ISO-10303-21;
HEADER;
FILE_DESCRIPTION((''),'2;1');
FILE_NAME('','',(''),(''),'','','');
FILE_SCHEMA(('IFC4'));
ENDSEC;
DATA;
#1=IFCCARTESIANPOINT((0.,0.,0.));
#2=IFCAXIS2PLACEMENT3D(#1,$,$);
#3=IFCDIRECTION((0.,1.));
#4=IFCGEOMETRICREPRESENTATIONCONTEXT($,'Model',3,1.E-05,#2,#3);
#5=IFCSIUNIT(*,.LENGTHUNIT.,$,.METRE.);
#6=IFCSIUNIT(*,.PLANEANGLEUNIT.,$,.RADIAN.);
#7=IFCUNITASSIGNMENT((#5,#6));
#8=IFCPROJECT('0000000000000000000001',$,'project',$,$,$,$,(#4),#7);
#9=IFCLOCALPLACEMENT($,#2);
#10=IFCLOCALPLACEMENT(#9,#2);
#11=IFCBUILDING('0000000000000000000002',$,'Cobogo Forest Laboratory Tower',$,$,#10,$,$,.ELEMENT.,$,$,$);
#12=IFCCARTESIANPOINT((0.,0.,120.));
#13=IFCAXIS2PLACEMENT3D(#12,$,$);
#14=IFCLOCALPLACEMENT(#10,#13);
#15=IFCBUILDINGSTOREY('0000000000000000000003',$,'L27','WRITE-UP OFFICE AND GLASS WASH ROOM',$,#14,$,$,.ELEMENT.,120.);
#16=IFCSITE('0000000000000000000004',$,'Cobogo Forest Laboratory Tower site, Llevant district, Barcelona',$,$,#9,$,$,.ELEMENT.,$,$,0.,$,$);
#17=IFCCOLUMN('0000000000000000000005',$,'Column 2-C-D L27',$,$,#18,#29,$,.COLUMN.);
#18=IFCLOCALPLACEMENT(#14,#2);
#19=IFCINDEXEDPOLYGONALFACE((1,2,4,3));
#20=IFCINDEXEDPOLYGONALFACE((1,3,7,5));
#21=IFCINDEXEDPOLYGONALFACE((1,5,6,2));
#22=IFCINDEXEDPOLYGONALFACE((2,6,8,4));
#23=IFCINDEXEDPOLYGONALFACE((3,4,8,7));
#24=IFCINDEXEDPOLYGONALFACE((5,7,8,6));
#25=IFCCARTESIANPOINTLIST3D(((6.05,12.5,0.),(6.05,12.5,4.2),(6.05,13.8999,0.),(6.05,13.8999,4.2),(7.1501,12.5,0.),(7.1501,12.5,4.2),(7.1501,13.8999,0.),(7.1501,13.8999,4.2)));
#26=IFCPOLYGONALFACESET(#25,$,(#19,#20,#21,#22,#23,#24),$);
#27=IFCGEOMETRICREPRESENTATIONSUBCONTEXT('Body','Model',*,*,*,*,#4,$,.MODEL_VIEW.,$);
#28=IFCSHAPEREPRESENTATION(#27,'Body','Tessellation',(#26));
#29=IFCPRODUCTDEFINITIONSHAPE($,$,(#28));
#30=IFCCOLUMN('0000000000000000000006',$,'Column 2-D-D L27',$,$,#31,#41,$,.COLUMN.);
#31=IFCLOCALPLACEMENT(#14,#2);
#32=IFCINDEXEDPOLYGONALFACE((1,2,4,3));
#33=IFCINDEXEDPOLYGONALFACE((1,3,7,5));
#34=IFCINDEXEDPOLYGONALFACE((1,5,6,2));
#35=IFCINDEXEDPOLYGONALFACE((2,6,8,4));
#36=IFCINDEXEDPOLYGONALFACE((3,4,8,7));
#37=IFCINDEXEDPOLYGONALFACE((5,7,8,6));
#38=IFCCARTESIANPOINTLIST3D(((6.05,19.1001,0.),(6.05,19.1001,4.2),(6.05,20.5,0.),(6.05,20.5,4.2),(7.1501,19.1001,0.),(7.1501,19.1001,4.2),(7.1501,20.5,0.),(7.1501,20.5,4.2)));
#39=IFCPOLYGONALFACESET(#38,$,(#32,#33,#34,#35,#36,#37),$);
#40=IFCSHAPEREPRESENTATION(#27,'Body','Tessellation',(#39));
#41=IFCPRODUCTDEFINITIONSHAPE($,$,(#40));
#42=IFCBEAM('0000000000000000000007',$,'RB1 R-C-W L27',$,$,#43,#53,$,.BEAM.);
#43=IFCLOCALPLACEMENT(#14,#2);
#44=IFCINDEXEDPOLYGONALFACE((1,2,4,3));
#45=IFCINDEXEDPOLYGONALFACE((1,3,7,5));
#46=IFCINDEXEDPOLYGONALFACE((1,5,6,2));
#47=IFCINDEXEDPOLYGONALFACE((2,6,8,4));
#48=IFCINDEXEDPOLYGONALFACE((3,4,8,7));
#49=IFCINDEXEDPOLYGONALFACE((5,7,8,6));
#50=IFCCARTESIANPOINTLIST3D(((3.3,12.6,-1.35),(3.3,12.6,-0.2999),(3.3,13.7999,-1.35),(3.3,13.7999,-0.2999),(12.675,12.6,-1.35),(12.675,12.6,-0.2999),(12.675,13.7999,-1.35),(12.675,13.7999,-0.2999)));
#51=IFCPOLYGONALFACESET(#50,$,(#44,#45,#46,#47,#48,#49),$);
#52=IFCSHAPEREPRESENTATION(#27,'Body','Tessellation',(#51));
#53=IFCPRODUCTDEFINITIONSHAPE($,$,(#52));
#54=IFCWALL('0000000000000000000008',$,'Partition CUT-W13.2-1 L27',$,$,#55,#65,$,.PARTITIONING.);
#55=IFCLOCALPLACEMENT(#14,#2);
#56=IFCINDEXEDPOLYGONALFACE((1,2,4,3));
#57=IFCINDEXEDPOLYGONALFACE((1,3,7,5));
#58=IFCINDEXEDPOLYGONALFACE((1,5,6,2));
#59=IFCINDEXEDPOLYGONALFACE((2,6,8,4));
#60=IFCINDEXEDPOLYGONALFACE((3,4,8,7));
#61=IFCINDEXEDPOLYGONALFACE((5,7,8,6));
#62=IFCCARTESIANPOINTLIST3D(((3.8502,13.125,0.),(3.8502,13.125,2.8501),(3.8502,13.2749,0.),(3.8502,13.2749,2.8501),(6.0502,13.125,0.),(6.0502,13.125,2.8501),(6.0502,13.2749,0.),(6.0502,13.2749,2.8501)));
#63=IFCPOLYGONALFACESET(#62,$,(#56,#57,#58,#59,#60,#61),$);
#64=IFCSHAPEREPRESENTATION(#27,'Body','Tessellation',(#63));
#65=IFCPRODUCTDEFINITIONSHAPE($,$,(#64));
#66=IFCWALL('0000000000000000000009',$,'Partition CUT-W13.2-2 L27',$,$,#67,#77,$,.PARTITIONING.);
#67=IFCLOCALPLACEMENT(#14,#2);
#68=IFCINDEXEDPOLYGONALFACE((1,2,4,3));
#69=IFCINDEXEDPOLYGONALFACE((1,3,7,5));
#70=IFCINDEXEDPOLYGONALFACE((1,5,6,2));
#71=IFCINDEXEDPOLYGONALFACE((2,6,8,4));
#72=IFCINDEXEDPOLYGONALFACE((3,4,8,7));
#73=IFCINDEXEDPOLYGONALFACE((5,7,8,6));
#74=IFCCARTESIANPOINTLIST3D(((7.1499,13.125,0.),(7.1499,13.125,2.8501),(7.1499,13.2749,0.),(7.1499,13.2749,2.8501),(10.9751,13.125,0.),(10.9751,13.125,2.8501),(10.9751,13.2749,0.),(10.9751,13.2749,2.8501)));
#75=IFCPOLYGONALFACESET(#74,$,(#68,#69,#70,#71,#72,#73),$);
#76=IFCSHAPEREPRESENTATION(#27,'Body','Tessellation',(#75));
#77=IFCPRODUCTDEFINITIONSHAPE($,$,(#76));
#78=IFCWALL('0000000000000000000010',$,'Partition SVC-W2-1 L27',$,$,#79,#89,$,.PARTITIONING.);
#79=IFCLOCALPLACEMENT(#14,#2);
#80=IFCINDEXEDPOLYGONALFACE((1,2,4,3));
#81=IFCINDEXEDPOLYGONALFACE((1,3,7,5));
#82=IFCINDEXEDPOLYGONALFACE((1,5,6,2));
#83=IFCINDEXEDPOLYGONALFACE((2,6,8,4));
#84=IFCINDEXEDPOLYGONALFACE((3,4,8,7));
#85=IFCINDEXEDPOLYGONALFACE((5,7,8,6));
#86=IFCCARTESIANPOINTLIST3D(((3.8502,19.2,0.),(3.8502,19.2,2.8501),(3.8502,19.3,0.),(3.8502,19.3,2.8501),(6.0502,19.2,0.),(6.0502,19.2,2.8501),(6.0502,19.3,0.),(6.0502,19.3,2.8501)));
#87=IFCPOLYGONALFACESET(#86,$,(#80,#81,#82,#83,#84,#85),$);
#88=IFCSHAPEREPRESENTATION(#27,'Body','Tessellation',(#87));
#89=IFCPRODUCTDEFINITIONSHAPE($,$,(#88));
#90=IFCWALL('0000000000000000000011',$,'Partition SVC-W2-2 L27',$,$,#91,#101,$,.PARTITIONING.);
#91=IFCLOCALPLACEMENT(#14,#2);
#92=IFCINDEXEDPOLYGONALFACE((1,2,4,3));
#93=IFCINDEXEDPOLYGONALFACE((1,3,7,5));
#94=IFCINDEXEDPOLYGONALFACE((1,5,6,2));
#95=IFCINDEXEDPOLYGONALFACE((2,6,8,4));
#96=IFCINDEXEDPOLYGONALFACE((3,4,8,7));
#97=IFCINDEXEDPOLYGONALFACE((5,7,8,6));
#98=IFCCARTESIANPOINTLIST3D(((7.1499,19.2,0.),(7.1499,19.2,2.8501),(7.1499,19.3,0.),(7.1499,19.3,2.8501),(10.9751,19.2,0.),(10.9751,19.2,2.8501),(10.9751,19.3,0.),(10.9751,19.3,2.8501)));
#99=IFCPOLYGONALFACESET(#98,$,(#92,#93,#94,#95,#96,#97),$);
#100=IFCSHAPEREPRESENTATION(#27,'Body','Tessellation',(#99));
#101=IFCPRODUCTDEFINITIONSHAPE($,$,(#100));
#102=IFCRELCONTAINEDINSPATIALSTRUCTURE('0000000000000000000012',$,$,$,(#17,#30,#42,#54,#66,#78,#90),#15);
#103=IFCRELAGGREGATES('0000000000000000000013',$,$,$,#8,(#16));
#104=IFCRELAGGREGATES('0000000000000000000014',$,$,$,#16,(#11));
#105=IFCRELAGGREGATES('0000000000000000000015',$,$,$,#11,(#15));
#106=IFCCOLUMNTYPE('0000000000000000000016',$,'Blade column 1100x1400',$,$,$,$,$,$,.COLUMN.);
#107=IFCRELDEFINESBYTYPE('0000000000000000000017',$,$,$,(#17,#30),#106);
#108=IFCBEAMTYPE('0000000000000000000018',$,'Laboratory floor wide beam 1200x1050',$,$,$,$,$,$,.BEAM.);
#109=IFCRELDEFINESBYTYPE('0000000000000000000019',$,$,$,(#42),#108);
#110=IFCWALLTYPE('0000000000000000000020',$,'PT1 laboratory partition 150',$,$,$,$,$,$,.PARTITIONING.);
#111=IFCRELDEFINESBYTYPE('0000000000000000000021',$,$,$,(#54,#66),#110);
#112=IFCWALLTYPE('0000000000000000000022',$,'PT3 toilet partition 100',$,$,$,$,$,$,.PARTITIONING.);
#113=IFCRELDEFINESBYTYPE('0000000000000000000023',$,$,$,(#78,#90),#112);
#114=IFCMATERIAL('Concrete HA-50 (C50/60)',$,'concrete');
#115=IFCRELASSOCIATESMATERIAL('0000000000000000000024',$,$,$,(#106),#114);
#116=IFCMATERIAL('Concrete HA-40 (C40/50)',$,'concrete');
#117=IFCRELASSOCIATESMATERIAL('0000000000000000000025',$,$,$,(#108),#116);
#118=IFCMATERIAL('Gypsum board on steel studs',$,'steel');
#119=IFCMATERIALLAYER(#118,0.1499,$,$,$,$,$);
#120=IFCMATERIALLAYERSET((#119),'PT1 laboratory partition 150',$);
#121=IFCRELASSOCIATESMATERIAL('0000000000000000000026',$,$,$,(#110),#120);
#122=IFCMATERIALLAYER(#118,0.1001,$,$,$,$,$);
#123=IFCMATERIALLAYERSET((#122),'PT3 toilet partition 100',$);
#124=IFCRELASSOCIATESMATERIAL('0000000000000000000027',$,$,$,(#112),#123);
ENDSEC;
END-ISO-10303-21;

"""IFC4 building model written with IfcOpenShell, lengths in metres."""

from ifc_helpers import new_model, si_unit, direction, frame, frame_2d, origin, origin_2d, place, context, subcontext, project, spatial, rectangle, extrude, material, layer, layer_set, material_profile, profile_set, type_object, element, save


model = new_model("IFC4")

# Units and contexts
model_context = context("Model", 3, precision=1e-05, world=origin(), true_north=direction((0.0, 1.0)))
body_context = subcontext(model_context, "Body", "Model", "MODEL_VIEW")
ifc_project = project(units=[si_unit("LENGTHUNIT", "METRE"), si_unit("PLANEANGLEUNIT", "RADIAN")], contexts=[model_context])

# Site, building, storey
site_placement = place(None, origin())
site = spatial("IfcSite", under=ifc_project, at=site_placement, Name="Cobogo Forest Laboratory Tower site, Llevant district, Barcelona", CompositionType="ELEMENT", RefElevation=0.0)
building_placement = place(site_placement, origin())
building = spatial("IfcBuilding", under=site, at=building_placement, Name="Cobogo Forest Laboratory Tower", CompositionType="ELEMENT")
storey_placement = place(building_placement, frame((0.0, 0.0, 120.0)))
storey = spatial("IfcBuildingStorey", under=building, at=storey_placement, Name="L27", Description="WRITE-UP OFFICE AND GLASS WASH ROOM", CompositionType="ELEMENT", Elevation=120.0)

# Columns
ifc_material_1 = material(Name="Concrete HA-50 (C50/60)", Category="concrete")
ifc_material_profile_1 = material_profile(ifc_material_1, rectangle(XDim=1.3999, YDim=1.1001, at=origin_2d()), Name="RC 1100x1400")
ifc_profile_set_1 = profile_set([ifc_material_profile_1], Name="Concrete HA-50 (C50/60)")
column_type = type_object("IfcColumnType", Name="Blade column 1100x1400", PredefinedType="COLUMN", material=ifc_profile_set_1)
for number, where, z_axis, x_axis, name in (
    (1, (6.6001, 13.2, 0.0), (0.0, 0.0, 1.0), (0.0, 1.0, 0.0), "Column 2-C-D L27"),
    (2, (6.6001, 19.8, 0.0), (0.0, 0.0, 1.0), (0.0, 1.0, 0.0), "Column 2-D-D L27"),
):
    element("IfcColumn", number, at=place(storey_placement, frame(where, z_axis=z_axis, x_axis=x_axis)), inside=storey, type_object=column_type, Name=name, PredefinedType="COLUMN", context=body_context, shape_type="SweptSolid", body=[
        extrude(rectangle(XDim=1.3999, YDim=1.1001, at=origin_2d()), origin(), (0.0, 0.0, 1.0), 4.2),
    ])

# Beam
ifc_material_2 = material(Name="Concrete HA-40 (C40/50)", Category="concrete")
ifc_material_profile_2 = material_profile(ifc_material_2, rectangle(XDim=1.2, YDim=1.05, at=origin_2d()), Name="RC 1200x1050")
ifc_profile_set_2 = profile_set([ifc_material_profile_2], Name="Concrete HA-40 (C40/50)")
beam_type = type_object("IfcBeamType", Name="Laboratory floor wide beam 1200x1050", PredefinedType="BEAM", material=ifc_profile_set_2)
beam_placement = place(storey_placement, frame((12.675, 13.2, -0.825), z_axis=(-1.0, 0.0, 0.0), x_axis=(0.0, -1.0, 0.0)))
element("IfcBeam", 3, at=beam_placement, inside=storey, type_object=beam_type, Name="RB1 R-C-W L27", PredefinedType="BEAM", context=body_context, shape_type="SweptSolid", body=[
    extrude(rectangle(XDim=1.2, YDim=1.05, at=origin_2d()), origin(), (0.0, 0.0, 1.0), 9.375),
])

# Walls
ifc_material_3 = material(Name="Gypsum board on steel studs", Category="steel")
ifc_layer_1 = layer(ifc_material_3, 0.1499)
ifc_layer_set_1 = layer_set([ifc_layer_1], Name="PT1 laboratory partition 150")
wall_type_1 = type_object("IfcWallType", Name="PT1 laboratory partition 150", PredefinedType="PARTITIONING", material=ifc_layer_set_1)
wall_1_placement = place(storey_placement, frame((3.8501, 13.2, 0.0), z_axis=(0.0, 0.0, 1.0), x_axis=(1.0, 0.0, 0.0)))
element("IfcWall", 4, at=wall_1_placement, inside=storey, type_object=wall_type_1, Name="Partition CUT-W13.2-1 L27", PredefinedType="PARTITIONING", context=body_context, shape_type="SweptSolid", body=[
    extrude(rectangle(XDim=2.2, YDim=0.1499, at=frame_2d((1.1001, 0.0))), origin(), (0.0, 0.0, 1.0), 2.8501),
])
wall_2_placement = place(storey_placement, frame((7.1499, 13.2, 0.0), z_axis=(0.0, 0.0, 1.0), x_axis=(1.0, 0.0, 0.0)))
element("IfcWall", 5, at=wall_2_placement, inside=storey, type_object=wall_type_1, Name="Partition CUT-W13.2-2 L27", PredefinedType="PARTITIONING", context=body_context, shape_type="SweptSolid", body=[
    extrude(rectangle(XDim=3.8252, YDim=0.1499, at=frame_2d((1.9126, 0.0))), origin(), (0.0, 0.0, 1.0), 2.8501),
])
ifc_layer_2 = layer(ifc_material_3, 0.1001)
ifc_layer_set_2 = layer_set([ifc_layer_2], Name="PT3 toilet partition 100")
wall_type_2 = type_object("IfcWallType", Name="PT3 toilet partition 100", PredefinedType="PARTITIONING", material=ifc_layer_set_2)
wall_3_placement = place(storey_placement, frame((3.8501, 19.25, 0.0), z_axis=(0.0, 0.0, 1.0), x_axis=(1.0, 0.0, 0.0)))
element("IfcWall", 6, at=wall_3_placement, inside=storey, type_object=wall_type_2, Name="Partition SVC-W2-1 L27", PredefinedType="PARTITIONING", context=body_context, shape_type="SweptSolid", body=[
    extrude(rectangle(XDim=2.2, YDim=0.1001, at=frame_2d((1.1001, 0.0))), origin(), (0.0, 0.0, 1.0), 2.8501),
])
wall_4_placement = place(storey_placement, frame((7.1499, 19.25, 0.0), z_axis=(0.0, 0.0, 1.0), x_axis=(1.0, 0.0, 0.0)))
element("IfcWall", 7, at=wall_4_placement, inside=storey, type_object=wall_type_2, Name="Partition SVC-W2-2 L27", PredefinedType="PARTITIONING", context=body_context, shape_type="SweptSolid", body=[
    extrude(rectangle(XDim=3.8252, YDim=0.1001, at=frame_2d((1.9126, 0.0))), origin(), (0.0, 0.0, 1.0), 2.8501),
])

save(model, "model.ifc")
